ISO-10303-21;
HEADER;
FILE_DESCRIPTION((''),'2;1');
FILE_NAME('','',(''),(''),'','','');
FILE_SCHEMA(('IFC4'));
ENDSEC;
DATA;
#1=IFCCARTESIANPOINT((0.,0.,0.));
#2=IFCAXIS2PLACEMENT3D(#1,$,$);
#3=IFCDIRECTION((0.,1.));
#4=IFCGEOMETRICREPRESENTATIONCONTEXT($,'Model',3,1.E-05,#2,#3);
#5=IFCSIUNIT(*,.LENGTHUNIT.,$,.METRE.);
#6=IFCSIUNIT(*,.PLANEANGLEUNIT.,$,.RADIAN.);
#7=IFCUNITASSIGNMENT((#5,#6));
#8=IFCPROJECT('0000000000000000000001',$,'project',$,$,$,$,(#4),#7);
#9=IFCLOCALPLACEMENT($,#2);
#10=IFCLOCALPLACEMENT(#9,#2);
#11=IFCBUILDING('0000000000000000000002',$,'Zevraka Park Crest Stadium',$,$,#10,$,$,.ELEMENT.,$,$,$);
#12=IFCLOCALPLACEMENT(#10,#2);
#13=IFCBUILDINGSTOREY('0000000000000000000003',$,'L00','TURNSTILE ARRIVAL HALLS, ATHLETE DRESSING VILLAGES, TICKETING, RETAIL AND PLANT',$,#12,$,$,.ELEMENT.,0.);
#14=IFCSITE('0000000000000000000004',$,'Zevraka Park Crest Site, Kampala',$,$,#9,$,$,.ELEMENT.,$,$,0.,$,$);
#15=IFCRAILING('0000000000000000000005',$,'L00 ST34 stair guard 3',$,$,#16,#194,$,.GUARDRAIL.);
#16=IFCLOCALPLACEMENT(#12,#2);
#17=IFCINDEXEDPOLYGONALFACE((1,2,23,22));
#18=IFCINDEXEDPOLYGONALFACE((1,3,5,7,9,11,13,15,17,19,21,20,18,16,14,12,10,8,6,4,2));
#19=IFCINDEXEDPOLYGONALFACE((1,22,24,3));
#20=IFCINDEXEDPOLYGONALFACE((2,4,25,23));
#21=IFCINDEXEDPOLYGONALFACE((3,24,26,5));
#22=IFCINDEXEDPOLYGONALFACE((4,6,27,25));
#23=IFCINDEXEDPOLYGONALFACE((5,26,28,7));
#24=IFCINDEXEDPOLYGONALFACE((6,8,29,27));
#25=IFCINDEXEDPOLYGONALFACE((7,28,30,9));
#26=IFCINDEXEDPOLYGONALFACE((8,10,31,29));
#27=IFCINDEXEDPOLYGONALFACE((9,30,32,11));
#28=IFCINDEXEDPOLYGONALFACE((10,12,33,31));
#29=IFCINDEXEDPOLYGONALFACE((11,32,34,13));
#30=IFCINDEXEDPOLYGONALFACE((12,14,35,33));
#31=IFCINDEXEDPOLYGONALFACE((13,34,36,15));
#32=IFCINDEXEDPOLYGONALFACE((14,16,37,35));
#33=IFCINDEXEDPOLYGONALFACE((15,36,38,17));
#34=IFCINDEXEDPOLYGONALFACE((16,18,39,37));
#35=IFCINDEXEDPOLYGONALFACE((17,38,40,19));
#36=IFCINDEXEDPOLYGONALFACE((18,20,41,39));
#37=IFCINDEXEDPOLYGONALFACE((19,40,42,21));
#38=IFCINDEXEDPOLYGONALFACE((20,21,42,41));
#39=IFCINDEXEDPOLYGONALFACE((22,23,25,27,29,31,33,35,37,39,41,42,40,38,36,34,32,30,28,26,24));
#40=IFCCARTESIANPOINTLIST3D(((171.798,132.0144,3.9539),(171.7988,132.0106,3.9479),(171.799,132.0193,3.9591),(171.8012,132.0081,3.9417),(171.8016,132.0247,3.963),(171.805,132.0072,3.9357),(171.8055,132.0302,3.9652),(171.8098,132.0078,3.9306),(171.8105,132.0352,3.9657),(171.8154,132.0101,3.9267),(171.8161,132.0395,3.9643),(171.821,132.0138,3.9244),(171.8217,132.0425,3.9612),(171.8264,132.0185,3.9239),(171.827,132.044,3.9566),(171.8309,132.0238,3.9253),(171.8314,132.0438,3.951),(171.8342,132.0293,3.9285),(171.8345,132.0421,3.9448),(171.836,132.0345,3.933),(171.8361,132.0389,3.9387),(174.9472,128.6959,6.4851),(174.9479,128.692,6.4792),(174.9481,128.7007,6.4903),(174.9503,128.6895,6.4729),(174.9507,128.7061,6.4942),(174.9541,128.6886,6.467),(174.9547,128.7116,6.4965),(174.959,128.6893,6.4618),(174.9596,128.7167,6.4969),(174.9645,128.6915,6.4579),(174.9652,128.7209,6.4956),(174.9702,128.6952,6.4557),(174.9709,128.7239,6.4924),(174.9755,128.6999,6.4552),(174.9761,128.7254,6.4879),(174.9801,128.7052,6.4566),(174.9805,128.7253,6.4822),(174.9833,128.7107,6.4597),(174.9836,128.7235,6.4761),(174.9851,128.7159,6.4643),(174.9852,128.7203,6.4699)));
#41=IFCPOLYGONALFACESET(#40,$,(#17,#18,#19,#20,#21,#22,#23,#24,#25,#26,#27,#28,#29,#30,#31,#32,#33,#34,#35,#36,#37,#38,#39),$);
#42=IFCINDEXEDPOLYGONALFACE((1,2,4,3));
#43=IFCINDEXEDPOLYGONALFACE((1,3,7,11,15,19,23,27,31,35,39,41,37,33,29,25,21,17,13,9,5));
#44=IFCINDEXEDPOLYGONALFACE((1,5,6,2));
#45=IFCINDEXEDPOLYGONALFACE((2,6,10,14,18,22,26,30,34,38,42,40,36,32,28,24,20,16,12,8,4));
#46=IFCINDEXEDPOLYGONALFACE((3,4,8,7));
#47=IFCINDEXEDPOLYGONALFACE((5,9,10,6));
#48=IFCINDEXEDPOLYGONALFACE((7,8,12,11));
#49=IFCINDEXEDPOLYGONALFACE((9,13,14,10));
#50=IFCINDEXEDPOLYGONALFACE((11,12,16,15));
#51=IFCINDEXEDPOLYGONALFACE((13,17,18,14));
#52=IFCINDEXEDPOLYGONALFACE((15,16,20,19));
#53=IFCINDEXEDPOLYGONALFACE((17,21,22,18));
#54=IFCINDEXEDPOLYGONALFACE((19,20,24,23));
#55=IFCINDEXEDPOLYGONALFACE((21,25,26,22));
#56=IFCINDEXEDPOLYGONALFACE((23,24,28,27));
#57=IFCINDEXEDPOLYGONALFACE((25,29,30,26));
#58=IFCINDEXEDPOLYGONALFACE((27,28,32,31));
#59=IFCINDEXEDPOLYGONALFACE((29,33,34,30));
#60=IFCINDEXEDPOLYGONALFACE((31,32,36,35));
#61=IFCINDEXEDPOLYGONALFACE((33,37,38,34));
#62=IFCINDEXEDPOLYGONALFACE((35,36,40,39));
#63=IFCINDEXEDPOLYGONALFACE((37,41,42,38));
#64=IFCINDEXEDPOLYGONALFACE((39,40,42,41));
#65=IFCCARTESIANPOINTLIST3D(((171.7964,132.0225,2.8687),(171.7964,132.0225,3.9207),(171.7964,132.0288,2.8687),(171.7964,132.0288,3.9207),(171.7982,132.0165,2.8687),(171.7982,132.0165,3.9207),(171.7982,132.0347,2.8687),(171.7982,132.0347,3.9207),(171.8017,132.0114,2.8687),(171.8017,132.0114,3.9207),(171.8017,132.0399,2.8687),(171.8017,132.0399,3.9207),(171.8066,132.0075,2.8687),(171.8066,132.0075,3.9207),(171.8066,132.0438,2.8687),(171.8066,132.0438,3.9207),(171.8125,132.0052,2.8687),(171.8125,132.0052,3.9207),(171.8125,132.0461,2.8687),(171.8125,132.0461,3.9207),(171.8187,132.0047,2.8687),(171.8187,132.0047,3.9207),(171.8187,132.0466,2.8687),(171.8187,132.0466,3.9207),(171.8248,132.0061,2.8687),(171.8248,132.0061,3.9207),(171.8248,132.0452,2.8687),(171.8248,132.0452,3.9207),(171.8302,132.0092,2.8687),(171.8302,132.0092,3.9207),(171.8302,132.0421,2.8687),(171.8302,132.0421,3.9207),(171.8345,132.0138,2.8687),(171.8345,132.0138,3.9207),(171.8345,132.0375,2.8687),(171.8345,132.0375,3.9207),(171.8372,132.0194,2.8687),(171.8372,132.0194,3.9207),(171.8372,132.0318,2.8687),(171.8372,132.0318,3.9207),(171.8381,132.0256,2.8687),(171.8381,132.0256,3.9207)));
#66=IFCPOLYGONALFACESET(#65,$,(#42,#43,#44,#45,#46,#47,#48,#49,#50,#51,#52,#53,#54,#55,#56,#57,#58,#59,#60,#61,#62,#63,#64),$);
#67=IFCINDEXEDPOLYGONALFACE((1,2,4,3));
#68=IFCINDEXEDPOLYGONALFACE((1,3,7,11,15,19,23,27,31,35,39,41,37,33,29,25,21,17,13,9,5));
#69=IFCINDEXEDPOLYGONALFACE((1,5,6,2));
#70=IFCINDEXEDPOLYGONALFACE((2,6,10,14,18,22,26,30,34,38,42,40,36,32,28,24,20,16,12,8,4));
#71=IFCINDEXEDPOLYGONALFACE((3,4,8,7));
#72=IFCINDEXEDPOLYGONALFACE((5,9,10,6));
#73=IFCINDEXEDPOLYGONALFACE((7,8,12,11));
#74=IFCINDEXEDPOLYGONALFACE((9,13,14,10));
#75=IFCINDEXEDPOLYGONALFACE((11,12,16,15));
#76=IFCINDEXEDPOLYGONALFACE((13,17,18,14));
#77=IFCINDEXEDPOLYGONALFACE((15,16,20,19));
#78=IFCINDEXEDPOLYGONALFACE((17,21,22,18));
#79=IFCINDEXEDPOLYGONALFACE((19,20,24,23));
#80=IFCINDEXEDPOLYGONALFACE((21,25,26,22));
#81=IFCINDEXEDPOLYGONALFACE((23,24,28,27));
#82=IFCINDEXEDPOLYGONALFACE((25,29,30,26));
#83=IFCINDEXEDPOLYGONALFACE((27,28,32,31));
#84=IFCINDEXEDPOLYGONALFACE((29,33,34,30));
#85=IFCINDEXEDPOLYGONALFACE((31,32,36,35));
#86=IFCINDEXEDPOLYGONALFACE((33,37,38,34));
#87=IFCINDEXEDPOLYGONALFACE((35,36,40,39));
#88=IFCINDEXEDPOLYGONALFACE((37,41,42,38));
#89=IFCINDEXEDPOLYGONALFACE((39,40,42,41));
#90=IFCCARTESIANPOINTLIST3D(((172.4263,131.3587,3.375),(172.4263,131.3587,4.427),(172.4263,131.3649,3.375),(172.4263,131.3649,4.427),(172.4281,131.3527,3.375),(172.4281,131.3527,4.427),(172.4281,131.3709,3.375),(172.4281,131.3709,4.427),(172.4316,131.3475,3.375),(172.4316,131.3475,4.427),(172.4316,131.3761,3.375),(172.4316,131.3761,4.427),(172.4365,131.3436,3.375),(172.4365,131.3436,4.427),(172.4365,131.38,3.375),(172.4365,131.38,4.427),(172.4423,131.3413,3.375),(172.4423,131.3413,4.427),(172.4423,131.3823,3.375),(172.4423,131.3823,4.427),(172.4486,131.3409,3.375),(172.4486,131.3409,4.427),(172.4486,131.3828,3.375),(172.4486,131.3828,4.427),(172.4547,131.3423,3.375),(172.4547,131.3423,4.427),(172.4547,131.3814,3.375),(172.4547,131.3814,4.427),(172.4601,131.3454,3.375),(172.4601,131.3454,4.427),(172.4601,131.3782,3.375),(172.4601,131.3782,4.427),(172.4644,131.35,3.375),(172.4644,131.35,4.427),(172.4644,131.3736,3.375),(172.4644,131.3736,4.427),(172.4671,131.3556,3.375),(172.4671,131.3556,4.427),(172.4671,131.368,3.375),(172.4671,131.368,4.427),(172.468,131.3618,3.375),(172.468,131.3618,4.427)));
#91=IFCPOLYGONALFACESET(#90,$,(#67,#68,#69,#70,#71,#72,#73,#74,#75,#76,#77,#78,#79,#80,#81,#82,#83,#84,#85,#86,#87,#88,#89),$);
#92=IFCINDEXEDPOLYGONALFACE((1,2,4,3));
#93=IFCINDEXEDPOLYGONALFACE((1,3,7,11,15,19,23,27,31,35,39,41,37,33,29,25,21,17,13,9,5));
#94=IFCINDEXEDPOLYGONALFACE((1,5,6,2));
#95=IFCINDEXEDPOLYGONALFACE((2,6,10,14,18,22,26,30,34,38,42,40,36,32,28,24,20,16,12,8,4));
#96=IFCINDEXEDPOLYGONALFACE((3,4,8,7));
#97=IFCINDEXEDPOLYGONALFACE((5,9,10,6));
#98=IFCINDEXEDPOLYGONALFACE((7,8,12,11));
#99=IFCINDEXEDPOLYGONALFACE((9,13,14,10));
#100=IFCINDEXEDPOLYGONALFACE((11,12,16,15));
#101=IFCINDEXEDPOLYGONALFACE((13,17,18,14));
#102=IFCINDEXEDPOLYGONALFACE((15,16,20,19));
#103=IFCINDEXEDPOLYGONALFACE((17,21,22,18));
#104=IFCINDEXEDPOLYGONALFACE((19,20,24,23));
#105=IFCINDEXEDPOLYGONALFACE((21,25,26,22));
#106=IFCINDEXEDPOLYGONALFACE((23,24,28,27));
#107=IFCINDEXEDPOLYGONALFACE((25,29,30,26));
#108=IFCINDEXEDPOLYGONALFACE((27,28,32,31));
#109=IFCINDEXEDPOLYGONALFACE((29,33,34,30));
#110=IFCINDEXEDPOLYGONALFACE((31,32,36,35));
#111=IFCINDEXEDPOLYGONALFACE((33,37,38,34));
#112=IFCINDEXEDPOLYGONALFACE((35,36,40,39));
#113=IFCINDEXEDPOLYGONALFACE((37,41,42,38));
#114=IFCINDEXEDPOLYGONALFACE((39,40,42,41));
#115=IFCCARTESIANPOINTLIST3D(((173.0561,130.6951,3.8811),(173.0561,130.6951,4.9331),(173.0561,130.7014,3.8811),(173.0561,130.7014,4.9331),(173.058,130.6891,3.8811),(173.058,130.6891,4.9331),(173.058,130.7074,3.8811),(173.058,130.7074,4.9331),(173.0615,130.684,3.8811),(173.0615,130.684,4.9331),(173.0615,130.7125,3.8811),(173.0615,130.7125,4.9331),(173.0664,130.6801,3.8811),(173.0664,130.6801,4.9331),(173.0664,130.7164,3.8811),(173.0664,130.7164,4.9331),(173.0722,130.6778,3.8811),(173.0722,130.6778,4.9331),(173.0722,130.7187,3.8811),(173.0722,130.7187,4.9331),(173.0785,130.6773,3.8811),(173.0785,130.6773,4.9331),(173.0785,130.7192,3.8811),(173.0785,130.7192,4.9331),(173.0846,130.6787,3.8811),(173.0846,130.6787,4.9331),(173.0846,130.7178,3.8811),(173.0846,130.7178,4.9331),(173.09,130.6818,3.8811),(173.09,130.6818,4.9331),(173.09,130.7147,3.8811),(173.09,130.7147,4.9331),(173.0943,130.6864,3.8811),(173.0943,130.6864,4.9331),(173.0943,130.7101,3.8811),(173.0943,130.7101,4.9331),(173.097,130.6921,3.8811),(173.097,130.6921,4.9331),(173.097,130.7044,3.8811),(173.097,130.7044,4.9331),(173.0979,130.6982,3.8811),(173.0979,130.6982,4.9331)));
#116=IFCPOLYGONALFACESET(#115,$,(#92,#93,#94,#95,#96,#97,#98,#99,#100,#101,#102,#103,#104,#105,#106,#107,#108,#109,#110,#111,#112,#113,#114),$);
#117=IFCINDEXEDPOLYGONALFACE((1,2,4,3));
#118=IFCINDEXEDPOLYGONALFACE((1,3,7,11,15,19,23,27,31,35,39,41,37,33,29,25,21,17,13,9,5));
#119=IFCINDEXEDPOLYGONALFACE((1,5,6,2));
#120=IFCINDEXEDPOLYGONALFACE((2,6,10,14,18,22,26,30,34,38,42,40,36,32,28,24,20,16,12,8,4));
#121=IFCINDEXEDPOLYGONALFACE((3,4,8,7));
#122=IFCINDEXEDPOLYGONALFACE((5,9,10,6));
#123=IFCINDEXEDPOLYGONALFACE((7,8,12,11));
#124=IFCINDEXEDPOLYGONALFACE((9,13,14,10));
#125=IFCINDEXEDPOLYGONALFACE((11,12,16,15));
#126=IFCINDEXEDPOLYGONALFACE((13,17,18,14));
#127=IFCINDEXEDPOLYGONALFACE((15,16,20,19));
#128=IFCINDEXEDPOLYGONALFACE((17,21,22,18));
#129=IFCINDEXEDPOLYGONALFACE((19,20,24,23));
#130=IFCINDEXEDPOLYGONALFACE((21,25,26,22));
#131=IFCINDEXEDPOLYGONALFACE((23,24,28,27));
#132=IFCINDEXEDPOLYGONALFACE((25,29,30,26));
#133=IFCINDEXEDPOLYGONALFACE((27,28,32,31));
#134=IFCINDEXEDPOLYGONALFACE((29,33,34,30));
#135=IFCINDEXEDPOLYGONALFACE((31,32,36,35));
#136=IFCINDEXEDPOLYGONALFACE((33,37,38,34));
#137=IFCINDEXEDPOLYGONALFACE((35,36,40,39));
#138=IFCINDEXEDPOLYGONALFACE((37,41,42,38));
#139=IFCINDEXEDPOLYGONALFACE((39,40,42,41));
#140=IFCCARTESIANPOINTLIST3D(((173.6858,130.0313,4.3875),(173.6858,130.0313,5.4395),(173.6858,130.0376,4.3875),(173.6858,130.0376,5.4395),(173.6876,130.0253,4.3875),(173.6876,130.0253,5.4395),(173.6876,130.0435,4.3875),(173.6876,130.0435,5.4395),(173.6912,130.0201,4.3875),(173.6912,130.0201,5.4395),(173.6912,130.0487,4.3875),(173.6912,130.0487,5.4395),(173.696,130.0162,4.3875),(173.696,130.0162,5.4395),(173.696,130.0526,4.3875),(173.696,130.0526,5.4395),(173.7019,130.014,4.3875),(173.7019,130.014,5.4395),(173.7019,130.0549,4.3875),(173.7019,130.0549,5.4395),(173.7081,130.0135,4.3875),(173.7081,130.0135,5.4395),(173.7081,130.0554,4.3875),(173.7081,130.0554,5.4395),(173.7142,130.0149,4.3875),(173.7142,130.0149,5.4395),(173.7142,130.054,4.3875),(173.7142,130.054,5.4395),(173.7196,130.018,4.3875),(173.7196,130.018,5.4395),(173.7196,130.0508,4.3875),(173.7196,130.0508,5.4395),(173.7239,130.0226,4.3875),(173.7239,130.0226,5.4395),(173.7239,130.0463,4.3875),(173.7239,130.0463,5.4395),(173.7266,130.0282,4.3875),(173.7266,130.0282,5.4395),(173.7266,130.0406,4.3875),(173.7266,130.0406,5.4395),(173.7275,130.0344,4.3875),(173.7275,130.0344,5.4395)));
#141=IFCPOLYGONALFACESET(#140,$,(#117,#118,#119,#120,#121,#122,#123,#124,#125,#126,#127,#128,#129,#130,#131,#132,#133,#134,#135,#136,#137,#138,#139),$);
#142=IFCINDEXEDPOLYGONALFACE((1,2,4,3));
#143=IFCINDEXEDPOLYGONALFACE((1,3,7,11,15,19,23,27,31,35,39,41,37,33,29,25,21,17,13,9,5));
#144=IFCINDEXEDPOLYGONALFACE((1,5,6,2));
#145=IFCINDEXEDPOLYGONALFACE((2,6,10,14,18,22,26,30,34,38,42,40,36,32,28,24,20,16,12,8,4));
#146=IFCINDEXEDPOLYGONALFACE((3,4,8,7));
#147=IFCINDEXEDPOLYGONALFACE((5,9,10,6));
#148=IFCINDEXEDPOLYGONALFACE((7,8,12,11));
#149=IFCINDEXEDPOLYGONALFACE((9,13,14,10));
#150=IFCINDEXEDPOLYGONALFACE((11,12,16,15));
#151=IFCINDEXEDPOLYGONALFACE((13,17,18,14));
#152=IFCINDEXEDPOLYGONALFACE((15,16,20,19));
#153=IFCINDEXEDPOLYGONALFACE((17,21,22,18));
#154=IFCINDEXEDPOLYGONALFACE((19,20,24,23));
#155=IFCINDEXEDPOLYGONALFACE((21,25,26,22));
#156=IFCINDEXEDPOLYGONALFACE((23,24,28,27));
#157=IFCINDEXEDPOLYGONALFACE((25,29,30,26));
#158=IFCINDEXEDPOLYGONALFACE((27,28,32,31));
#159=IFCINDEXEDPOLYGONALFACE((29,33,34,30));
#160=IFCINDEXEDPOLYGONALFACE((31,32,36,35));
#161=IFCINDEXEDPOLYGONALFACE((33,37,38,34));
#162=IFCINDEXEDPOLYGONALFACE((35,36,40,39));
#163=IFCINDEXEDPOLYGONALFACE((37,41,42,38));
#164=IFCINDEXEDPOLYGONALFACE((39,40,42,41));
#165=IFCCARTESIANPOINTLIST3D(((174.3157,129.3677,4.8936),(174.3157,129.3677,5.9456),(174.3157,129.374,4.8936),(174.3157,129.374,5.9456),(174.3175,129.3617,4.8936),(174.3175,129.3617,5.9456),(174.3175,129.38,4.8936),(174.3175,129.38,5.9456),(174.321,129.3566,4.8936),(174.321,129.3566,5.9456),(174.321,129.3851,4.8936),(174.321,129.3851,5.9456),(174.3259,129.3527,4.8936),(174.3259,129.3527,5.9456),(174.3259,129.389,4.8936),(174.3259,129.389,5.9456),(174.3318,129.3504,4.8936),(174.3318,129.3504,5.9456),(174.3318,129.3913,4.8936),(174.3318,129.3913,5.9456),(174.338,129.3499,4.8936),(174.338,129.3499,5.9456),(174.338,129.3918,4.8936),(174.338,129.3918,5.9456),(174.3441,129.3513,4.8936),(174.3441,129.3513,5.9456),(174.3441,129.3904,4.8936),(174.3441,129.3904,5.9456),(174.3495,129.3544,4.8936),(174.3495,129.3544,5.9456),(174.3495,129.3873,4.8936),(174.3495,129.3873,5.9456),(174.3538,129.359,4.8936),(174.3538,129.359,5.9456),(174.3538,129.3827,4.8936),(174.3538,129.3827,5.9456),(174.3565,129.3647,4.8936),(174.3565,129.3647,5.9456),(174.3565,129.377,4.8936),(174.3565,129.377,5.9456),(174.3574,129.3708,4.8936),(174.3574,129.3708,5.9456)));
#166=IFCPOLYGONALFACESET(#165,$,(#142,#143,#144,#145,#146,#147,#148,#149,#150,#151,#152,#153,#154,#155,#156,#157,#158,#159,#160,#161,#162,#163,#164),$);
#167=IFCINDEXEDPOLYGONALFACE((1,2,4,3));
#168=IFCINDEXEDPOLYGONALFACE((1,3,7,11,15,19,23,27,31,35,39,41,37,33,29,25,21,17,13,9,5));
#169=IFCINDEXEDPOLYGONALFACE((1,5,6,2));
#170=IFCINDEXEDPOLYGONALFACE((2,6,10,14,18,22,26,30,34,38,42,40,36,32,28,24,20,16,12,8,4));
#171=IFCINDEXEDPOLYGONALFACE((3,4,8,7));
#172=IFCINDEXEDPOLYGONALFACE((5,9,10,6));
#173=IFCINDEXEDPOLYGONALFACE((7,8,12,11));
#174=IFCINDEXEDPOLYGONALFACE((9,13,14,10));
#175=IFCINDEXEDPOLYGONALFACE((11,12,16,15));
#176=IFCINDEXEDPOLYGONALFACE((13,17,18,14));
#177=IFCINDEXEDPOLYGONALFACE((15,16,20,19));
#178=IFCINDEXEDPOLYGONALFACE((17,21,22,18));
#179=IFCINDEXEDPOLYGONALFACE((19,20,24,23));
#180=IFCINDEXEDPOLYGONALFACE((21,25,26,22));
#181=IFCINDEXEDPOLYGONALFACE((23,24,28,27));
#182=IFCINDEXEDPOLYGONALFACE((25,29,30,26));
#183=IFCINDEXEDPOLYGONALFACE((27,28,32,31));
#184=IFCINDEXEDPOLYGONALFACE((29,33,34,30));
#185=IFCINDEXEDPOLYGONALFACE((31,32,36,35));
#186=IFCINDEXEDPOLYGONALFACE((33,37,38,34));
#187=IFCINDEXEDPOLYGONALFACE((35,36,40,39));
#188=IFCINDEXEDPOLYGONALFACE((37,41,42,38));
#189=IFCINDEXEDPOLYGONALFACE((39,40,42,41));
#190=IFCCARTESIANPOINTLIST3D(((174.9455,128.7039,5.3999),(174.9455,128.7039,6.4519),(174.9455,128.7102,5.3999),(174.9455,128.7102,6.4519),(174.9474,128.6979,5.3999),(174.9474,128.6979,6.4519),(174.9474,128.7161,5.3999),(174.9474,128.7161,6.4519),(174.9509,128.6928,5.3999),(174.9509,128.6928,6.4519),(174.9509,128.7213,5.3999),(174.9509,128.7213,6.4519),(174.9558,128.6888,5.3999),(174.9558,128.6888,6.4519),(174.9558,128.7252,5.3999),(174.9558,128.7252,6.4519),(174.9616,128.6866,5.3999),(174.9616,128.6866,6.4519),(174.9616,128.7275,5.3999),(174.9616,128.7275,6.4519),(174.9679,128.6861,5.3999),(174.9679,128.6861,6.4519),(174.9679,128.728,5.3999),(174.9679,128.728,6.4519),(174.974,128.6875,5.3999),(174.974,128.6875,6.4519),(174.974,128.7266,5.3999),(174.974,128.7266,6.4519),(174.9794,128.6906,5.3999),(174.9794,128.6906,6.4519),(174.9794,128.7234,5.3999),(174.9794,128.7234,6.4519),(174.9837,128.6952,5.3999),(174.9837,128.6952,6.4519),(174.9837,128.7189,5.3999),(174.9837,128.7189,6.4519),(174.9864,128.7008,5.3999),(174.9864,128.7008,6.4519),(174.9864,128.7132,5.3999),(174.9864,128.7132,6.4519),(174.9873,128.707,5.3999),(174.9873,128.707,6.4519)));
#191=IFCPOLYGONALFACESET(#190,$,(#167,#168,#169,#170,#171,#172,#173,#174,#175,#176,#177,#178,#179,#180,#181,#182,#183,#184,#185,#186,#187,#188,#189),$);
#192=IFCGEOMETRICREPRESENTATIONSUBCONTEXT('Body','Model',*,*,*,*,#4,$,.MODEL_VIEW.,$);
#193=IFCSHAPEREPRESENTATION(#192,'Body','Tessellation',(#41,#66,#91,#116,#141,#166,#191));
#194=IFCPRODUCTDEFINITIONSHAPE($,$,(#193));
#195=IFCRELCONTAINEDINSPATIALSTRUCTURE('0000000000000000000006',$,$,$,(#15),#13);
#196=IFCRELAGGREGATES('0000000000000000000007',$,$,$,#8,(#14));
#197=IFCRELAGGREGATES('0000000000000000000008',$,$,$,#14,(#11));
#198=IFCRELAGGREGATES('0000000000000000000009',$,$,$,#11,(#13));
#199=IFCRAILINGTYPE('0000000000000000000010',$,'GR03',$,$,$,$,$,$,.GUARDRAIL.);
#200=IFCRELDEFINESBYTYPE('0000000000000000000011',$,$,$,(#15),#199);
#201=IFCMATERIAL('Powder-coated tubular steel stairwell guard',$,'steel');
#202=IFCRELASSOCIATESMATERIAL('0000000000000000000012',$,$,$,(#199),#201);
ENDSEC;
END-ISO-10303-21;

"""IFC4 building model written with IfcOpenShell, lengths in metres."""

from ifc_helpers import new_model, si_unit, direction, frame, origin, origin_2d, place, context, subcontext, project, spatial, circle, extrude, material, type_object, element, save


model = new_model("IFC4")

# Units and contexts
model_context = context("Model", 3, precision=1e-05, world=origin(), true_north=direction((0.0, 1.0)))
body_context = subcontext(model_context, "Body", "Model", "MODEL_VIEW")
ifc_project = project(units=[si_unit("LENGTHUNIT", "METRE"), si_unit("PLANEANGLEUNIT", "RADIAN")], contexts=[model_context])

# Site, building, storey
site_placement = place(None, origin())
site = spatial("IfcSite", under=ifc_project, at=site_placement, Name="Zevraka Park Crest Site, Kampala", CompositionType="ELEMENT", RefElevation=0.0)
building_placement = place(site_placement, origin())
building = spatial("IfcBuilding", under=site, at=building_placement, Name="Zevraka Park Crest Stadium", CompositionType="ELEMENT")
storey_placement = place(building_placement, origin())
storey = spatial("IfcBuildingStorey", under=building, at=storey_placement, Name="L00", Description="TURNSTILE ARRIVAL HALLS, ATHLETE DRESSING VILLAGES, TICKETING, RETAIL AND PLANT", CompositionType="ELEMENT", Elevation=0.0)

# Railing
ifc_material_1 = material(Name="Powder-coated tubular steel stairwell guard", Category="steel")
railing_type_1 = type_object("IfcRailingType", Name="GR03", PredefinedType="GUARDRAIL", material=ifc_material_1)
railing_1_placement = place(storey_placement, frame((171.8171, 132.0256, 2.8687)))
element("IfcRailing", 1, at=railing_1_placement, inside=storey, type_object=railing_type_1, Name="L00 ST34 stair guard 3", PredefinedType="GUARDRAIL", context=body_context, shape_type="SweptSolid", body=[
    extrude(circle(Radius=0.0239, at=origin_2d()), frame((0.0, 0.0, 1.0762), z_axis=(0.602304, -0.634709, 0.484122), x_axis=(0.725382, 0.688347, 0.0)), (0.0, 0.0, 1.0), 5.2285),
    extrude(circle(Radius=0.021, at=origin_2d()), origin(), (0.0, 0.0, 1.0), 1.052),
    extrude(circle(Radius=0.021, at=origin_2d()), frame((0.6299, -0.6638, 0.5063)), (0.0, 0.0, 1.0), 1.052),
    extrude(circle(Radius=0.021, at=origin_2d()), frame((1.2598, -1.3274, 1.0125)), (0.0, 0.0, 1.0), 1.052),
    extrude(circle(Radius=0.021, at=origin_2d()), frame((1.8894, -1.9912, 1.5188)), (0.0, 0.0, 1.0), 1.052),
    extrude(circle(Radius=0.021, at=origin_2d()), frame((2.5193, -2.6548, 2.0249)), (0.0, 0.0, 1.0), 1.052),
    extrude(circle(Radius=0.021, at=origin_2d()), frame((3.1492, -3.3186, 2.5312)), (0.0, 0.0, 1.0), 1.052),
])

save(model, "model.ifc")
